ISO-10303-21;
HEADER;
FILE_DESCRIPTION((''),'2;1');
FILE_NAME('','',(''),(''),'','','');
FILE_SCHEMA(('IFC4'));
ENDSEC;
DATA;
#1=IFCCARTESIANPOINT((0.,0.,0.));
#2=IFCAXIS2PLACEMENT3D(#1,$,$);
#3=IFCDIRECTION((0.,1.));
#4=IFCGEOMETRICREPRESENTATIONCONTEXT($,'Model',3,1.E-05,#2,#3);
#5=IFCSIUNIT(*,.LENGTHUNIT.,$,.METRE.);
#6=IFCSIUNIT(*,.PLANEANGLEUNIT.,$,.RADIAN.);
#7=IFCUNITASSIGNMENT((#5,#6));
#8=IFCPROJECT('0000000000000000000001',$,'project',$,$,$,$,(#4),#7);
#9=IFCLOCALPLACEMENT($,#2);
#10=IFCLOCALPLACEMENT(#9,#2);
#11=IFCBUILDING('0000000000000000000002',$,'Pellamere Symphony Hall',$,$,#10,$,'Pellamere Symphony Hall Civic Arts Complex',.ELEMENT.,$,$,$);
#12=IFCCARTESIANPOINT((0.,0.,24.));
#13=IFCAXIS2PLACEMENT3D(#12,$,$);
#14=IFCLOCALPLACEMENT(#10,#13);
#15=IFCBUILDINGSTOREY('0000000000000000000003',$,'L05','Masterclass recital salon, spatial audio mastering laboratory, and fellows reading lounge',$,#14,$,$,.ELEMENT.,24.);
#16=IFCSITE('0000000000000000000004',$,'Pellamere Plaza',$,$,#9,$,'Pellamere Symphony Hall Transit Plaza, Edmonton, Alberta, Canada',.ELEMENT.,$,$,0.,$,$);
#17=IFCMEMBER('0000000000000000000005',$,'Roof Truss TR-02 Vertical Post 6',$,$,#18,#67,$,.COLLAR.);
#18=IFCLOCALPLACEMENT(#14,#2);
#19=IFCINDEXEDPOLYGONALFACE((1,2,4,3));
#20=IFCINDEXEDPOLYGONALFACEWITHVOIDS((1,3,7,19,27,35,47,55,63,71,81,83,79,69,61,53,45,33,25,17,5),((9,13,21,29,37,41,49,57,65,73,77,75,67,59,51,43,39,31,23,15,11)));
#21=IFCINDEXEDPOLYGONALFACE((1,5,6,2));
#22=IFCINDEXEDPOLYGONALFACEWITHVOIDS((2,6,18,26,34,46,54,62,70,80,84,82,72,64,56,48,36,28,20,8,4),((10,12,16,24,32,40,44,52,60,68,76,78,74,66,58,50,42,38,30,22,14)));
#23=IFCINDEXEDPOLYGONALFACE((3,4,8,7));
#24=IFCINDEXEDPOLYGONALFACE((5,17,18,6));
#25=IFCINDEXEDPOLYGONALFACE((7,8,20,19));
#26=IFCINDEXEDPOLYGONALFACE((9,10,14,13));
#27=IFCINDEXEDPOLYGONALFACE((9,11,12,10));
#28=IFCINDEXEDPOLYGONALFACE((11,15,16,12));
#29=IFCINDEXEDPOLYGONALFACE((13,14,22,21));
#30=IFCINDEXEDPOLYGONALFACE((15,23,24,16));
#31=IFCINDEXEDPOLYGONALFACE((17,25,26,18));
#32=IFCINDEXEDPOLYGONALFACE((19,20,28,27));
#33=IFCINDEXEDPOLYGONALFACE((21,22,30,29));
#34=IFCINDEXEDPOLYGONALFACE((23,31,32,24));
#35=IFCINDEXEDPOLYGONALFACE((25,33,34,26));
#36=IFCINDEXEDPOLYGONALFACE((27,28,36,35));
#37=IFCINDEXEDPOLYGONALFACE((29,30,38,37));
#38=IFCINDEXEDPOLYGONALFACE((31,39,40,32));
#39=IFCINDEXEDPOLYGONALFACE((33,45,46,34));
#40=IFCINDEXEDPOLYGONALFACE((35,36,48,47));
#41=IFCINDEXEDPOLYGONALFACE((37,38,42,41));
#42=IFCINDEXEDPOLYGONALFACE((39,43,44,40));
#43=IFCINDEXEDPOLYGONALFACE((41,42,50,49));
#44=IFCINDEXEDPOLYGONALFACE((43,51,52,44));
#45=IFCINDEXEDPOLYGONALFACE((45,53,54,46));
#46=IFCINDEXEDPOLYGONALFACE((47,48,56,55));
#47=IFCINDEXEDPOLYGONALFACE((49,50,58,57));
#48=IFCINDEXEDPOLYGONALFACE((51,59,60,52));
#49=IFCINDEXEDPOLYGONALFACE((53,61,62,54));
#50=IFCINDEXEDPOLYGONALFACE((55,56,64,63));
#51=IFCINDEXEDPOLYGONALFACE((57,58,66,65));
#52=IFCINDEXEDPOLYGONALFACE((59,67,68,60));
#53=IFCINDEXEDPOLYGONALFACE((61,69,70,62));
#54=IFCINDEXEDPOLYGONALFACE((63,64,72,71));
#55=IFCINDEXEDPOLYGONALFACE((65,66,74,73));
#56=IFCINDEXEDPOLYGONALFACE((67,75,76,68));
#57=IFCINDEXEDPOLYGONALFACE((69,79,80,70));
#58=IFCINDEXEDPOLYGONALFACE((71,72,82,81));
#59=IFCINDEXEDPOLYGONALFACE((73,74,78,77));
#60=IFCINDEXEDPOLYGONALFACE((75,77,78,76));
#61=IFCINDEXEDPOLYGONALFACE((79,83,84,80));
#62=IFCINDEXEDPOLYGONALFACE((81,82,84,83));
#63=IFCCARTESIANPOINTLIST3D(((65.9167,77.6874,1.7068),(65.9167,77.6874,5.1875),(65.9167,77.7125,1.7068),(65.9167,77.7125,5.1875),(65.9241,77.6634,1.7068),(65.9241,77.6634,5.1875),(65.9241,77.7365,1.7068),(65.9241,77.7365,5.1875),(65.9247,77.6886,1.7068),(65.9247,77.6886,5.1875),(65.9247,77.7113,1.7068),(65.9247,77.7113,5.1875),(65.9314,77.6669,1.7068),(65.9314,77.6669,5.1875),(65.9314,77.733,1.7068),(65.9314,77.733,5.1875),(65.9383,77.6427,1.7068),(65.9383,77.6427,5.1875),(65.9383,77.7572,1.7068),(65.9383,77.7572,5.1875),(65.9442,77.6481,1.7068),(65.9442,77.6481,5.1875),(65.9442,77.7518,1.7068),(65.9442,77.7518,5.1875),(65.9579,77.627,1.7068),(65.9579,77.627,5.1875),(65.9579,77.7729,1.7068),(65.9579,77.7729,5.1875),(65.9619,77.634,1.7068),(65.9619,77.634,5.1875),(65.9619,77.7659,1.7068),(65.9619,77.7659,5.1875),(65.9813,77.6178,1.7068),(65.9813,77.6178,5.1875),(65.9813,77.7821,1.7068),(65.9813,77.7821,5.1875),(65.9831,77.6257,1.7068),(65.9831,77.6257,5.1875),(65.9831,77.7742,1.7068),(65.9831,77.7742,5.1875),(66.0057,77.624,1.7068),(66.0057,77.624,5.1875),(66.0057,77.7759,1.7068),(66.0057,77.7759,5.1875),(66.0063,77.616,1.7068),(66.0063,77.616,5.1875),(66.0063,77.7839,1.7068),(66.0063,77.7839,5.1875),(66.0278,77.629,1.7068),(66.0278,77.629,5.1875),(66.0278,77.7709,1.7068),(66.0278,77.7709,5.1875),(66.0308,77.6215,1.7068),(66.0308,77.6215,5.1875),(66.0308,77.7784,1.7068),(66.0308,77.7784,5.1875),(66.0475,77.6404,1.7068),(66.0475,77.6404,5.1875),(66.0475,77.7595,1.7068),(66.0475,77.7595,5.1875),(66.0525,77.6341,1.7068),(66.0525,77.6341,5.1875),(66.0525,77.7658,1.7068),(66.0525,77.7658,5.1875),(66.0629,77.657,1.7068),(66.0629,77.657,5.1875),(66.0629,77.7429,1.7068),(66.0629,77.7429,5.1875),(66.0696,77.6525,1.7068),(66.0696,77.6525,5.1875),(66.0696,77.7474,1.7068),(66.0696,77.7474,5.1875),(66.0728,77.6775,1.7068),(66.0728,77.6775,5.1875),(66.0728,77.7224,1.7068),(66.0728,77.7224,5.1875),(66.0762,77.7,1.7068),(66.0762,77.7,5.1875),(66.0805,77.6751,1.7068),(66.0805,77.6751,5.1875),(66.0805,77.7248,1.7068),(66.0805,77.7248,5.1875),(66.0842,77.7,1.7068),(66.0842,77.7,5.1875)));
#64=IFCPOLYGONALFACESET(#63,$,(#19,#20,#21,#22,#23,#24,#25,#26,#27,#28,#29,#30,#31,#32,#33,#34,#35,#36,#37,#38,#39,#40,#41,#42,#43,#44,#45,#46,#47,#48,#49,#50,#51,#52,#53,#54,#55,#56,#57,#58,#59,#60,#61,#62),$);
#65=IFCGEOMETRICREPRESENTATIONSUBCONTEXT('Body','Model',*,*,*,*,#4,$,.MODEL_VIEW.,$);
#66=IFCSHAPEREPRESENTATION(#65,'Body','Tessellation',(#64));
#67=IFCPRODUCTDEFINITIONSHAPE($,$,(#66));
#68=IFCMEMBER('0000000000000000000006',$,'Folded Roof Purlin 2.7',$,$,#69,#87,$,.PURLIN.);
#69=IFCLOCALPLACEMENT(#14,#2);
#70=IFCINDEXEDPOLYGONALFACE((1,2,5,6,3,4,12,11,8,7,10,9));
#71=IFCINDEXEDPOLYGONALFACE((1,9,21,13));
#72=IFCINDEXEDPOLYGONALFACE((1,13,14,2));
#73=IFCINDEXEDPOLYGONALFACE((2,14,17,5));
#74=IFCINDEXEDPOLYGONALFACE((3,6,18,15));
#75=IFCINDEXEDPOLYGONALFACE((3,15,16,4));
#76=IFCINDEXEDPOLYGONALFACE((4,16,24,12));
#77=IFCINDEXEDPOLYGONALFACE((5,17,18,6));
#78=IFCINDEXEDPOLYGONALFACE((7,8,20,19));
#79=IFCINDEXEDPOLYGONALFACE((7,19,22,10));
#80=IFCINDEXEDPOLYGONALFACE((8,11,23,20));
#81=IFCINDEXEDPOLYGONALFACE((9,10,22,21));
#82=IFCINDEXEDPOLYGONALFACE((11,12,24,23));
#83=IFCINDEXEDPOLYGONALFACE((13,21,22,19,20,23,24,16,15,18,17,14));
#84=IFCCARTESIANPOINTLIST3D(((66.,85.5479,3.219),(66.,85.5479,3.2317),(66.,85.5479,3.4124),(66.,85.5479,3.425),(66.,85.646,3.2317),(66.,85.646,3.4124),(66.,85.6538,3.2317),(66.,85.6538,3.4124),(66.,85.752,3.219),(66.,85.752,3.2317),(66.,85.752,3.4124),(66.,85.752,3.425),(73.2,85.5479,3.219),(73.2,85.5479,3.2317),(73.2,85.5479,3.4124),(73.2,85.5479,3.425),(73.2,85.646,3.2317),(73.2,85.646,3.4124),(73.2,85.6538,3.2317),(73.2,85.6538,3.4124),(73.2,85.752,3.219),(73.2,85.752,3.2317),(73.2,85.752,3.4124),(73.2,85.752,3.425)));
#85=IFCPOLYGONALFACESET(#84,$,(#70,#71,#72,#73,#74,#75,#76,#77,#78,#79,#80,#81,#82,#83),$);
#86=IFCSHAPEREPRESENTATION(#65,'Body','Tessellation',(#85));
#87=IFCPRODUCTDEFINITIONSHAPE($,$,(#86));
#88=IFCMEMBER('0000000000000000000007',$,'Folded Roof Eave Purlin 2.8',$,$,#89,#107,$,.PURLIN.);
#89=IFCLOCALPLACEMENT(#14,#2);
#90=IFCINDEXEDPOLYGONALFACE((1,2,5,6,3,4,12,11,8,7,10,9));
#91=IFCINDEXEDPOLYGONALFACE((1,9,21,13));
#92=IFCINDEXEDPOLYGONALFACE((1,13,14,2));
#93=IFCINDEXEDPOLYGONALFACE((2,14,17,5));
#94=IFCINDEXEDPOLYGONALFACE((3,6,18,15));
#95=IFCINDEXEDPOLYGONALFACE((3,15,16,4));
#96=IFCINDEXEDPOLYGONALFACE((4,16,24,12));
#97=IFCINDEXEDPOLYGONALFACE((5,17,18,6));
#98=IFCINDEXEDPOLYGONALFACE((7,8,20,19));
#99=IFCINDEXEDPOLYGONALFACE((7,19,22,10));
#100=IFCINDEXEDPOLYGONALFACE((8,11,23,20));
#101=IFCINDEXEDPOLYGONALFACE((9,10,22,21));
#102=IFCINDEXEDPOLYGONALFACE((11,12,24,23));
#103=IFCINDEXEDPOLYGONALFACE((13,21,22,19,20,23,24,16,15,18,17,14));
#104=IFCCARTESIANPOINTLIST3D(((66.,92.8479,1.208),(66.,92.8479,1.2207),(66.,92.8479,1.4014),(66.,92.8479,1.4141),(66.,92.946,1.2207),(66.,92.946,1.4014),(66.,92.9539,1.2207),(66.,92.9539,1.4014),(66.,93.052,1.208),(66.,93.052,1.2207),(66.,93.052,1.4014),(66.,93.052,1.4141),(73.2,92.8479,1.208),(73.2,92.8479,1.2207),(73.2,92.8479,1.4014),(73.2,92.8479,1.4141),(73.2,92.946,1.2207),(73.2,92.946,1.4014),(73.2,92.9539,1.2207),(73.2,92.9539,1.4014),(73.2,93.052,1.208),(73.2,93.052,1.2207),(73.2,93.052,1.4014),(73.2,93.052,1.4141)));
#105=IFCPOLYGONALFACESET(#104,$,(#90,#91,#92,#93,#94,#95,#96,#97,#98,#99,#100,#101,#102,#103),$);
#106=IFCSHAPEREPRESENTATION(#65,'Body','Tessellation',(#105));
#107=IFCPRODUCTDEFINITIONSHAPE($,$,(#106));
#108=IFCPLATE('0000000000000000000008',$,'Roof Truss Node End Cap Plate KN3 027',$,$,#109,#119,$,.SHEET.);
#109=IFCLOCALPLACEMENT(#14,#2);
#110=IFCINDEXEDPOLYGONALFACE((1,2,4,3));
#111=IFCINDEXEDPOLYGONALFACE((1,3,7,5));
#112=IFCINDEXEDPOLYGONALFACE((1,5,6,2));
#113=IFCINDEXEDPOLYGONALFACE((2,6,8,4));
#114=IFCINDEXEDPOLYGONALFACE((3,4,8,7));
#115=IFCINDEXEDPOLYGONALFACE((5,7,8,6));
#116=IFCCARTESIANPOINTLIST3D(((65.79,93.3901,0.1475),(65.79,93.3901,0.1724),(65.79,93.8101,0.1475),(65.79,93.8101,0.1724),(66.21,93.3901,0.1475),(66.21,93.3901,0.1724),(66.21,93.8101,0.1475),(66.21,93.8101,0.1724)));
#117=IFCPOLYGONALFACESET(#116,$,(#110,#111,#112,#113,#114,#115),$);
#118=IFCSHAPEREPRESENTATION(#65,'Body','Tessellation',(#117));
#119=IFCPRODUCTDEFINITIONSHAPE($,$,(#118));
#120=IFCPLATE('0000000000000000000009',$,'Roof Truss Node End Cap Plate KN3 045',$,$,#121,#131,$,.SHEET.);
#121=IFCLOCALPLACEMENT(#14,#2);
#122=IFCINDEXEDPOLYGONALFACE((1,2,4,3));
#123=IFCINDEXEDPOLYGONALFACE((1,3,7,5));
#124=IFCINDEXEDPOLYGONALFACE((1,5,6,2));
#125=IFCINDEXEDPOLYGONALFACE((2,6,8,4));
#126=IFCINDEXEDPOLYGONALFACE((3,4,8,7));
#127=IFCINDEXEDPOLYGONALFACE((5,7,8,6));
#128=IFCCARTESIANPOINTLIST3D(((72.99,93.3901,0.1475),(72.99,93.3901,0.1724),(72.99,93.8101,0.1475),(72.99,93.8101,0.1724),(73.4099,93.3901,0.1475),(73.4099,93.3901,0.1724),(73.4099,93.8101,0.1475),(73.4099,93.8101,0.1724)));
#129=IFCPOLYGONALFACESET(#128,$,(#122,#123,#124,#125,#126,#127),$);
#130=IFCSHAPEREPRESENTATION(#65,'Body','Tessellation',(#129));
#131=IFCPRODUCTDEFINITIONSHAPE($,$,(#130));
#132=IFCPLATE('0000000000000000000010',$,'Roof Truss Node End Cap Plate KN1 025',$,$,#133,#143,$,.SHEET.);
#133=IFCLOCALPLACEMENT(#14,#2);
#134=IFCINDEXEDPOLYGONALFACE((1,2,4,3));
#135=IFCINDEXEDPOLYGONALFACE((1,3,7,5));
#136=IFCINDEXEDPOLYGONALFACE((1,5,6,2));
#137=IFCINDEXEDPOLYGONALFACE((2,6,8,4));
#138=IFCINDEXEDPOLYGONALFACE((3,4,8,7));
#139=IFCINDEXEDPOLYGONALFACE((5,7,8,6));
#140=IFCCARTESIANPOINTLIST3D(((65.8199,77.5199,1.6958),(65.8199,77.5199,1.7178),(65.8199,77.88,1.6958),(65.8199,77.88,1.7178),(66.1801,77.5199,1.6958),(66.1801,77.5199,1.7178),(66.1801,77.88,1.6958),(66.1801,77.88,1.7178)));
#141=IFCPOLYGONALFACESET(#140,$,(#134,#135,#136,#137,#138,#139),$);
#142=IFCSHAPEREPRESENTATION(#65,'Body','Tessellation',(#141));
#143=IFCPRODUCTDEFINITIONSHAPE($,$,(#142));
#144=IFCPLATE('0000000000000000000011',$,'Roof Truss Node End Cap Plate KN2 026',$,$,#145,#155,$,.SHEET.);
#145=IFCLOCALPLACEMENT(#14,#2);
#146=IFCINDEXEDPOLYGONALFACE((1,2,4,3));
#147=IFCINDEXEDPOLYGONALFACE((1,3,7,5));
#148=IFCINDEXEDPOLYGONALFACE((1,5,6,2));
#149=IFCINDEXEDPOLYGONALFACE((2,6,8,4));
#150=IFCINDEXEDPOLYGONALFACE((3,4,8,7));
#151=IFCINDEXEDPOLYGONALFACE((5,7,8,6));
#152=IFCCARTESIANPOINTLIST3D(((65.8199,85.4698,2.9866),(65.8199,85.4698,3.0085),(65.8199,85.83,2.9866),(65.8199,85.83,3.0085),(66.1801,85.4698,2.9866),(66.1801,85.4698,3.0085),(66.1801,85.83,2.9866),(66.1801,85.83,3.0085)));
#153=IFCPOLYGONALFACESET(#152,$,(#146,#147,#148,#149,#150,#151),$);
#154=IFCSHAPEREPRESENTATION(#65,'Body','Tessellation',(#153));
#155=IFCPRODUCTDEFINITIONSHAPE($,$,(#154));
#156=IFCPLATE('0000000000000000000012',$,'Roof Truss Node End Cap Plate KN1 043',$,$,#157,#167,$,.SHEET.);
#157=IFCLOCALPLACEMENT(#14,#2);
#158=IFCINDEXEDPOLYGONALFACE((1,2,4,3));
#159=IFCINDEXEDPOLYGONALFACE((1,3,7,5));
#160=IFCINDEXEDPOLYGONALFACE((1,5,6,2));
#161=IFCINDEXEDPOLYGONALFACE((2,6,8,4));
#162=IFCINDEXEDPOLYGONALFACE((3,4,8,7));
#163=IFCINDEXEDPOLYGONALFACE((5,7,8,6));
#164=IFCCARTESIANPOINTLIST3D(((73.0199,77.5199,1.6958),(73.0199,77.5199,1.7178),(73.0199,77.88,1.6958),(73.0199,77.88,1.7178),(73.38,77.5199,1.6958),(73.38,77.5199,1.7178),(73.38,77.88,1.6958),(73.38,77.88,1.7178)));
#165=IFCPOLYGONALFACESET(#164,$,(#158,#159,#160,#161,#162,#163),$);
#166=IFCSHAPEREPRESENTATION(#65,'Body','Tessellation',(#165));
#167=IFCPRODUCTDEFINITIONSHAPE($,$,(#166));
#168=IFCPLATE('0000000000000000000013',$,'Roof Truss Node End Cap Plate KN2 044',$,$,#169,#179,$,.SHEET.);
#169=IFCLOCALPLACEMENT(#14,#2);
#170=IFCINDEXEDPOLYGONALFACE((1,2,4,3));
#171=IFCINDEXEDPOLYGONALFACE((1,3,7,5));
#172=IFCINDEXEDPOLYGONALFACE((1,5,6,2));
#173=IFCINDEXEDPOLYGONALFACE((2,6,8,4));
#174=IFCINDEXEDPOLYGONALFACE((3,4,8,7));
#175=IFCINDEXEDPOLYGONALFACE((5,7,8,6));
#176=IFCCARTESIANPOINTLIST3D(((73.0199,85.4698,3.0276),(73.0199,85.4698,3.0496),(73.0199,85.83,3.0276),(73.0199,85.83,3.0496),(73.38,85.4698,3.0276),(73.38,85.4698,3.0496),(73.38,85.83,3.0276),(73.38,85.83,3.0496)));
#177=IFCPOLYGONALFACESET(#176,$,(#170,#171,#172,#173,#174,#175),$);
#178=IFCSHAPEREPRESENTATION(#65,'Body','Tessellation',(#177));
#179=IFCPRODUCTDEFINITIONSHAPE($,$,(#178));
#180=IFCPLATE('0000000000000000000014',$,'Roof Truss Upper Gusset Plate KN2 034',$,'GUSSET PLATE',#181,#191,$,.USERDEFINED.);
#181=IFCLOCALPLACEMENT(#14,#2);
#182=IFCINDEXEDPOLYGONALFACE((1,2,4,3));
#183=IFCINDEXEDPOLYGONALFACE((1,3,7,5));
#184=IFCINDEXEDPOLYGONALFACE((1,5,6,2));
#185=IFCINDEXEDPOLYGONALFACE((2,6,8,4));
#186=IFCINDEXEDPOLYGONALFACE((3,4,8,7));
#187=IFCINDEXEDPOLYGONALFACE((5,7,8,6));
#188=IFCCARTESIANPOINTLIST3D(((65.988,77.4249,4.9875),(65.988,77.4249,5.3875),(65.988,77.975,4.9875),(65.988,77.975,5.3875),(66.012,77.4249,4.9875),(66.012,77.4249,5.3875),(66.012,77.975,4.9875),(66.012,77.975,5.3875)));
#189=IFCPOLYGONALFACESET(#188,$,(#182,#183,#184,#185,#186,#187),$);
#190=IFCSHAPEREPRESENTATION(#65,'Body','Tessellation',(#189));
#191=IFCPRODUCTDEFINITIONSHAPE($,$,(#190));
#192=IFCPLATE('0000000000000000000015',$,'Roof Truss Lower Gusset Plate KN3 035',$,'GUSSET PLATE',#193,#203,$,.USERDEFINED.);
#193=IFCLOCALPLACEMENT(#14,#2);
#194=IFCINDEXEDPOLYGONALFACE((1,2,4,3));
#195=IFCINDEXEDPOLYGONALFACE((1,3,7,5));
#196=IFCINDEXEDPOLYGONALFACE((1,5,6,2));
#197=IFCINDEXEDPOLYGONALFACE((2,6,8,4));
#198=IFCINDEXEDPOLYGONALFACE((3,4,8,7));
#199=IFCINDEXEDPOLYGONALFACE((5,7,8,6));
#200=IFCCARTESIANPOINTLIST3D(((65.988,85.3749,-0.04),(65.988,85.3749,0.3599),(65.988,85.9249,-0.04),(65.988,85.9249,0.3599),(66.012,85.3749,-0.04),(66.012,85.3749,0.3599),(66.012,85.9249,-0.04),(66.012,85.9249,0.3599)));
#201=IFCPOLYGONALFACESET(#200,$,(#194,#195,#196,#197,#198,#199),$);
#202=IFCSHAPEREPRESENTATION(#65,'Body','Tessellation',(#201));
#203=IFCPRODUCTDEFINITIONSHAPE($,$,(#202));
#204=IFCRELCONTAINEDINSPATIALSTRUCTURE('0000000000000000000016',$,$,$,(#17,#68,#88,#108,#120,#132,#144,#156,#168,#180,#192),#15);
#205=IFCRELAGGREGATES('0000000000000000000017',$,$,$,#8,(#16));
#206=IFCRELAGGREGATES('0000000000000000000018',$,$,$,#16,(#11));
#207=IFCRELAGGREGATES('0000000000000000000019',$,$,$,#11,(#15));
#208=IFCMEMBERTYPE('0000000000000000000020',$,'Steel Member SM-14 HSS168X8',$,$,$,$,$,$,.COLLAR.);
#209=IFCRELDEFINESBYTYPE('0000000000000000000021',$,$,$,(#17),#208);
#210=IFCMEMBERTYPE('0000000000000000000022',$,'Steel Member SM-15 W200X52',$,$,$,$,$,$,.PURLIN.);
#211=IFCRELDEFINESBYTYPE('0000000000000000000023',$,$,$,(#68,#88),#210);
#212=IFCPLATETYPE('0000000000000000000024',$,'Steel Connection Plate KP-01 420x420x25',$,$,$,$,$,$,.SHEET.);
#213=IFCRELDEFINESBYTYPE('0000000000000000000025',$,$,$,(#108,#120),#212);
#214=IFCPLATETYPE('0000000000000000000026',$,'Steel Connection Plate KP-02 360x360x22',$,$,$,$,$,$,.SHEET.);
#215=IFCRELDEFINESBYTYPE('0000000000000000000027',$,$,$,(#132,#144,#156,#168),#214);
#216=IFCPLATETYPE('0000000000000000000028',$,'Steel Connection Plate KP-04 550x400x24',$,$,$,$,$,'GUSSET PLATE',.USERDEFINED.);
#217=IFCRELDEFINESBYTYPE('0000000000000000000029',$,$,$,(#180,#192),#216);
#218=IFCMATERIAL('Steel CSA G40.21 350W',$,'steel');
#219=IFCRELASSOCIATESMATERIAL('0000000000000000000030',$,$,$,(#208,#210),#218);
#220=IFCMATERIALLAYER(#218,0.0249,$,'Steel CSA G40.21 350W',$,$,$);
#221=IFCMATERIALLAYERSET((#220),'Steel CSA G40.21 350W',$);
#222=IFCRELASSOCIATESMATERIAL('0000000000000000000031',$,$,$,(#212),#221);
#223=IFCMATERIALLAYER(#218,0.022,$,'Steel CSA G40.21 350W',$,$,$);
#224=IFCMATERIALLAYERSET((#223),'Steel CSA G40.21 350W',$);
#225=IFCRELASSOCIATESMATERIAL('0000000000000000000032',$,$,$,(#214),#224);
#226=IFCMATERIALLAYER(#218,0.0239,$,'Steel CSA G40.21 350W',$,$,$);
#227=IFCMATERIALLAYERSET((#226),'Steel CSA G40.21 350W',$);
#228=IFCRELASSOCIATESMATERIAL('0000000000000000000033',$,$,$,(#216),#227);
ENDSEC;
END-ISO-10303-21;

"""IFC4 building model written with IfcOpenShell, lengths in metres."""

from ifc_helpers import new_model, si_unit, direction, frame, origin, origin_2d, place, context, subcontext, project, spatial, rectangle, hollow_circle, i_section, extrude, material, layer, layer_set, material_profile, profile_set, type_object, element, save


model = new_model("IFC4")

# Units and contexts
model_context = context("Model", 3, precision=1e-05, world=origin(), true_north=direction((0.0, 1.0)))
body_context = subcontext(model_context, "Body", "Model", "MODEL_VIEW")
ifc_project = project(units=[si_unit("LENGTHUNIT", "METRE"), si_unit("PLANEANGLEUNIT", "RADIAN")], contexts=[model_context])

# Site, building, storey
site_placement = place(None, origin())
site = spatial("IfcSite", under=ifc_project, at=site_placement, Name="Pellamere Plaza", LongName="Pellamere Symphony Hall Transit Plaza, Edmonton, Alberta, Canada", CompositionType="ELEMENT", RefElevation=0.0)
building_placement = place(site_placement, origin())
building = spatial("IfcBuilding", under=site, at=building_placement, Name="Pellamere Symphony Hall", LongName="Pellamere Symphony Hall Civic Arts Complex", CompositionType="ELEMENT")
storey_placement = place(building_placement, frame((0.0, 0.0, 24.0)))
storey = spatial("IfcBuildingStorey", under=building, at=storey_placement, Name="L05", Description="Masterclass recital salon, spatial audio mastering laboratory, and fellows reading lounge", CompositionType="ELEMENT", Elevation=24.0)

# Shared definitions
ifc_material_1 = material(Name="Steel CSA G40.21 350W", Category="steel")

# Members
ifc_material_profile_1 = material_profile(ifc_material_1, hollow_circle(Radius=0.0842, WallThickness=0.0081, at=origin_2d()), Name="HSS168X8")
ifc_profile_set_1 = profile_set([ifc_material_profile_1], Name="Steel CSA G40.21 350W")
member_type_1 = type_object("IfcMemberType", Name="Steel Member SM-14 HSS168X8", PredefinedType="COLLAR", material=ifc_profile_set_1)
member_1_placement = place(storey_placement, frame((66.0, 77.7, 1.7068), z_axis=(0.0, 0.0, 1.0), x_axis=(1.0, 0.0, 0.0)))
element("IfcMember", 1, at=member_1_placement, inside=storey, type_object=member_type_1, Name="Roof Truss TR-02 Vertical Post 6", PredefinedType="COLLAR", context=body_context, shape_type="SweptSolid", body=[
    extrude(hollow_circle(Radius=0.0842, WallThickness=0.0081, at=origin_2d()), origin(), (0.0, 0.0, 1.0), 3.4807),
])
ifc_material_profile_2 = material_profile(ifc_material_1, i_section(OverallWidth=0.2041, OverallDepth=0.2061, WebThickness=0.0078, FlangeThickness=0.0127, at=origin_2d()), Name="W200X52")
ifc_profile_set_2 = profile_set([ifc_material_profile_2], Name="Steel CSA G40.21 350W")
member_type_2 = type_object("IfcMemberType", Name="Steel Member SM-15 W200X52", PredefinedType="PURLIN", material=ifc_profile_set_2)
for number, where, z_axis, x_axis, name in (
    (2, (66.0, 85.6499, 3.322), (1.0, 0.0, 0.0), (0.0, 1.0, 0.0), "Folded Roof Purlin 2.7"),
    (3, (66.0, 92.95, 1.311), (1.0, 0.0, 0.0), (0.0, 1.0, 0.0), "Folded Roof Eave Purlin 2.8"),
):
    element("IfcMember", number, at=place(storey_placement, frame(where, z_axis=z_axis, x_axis=x_axis)), inside=storey, type_object=member_type_2, Name=name, PredefinedType="PURLIN", context=body_context, shape_type="SweptSolid", body=[
        extrude(i_section(OverallWidth=0.2041, OverallDepth=0.2061, WebThickness=0.0078, FlangeThickness=0.0127, at=origin_2d()), origin(), (0.0, 0.0, 1.0), 7.2),
    ])

# Plates
ifc_layer_1 = layer(ifc_material_1, 0.0249, Name="Steel CSA G40.21 350W")
ifc_layer_set_1 = layer_set([ifc_layer_1], Name="Steel CSA G40.21 350W")
plate_type_1 = type_object("IfcPlateType", Name="Steel Connection Plate KP-01 420x420x25", PredefinedType="SHEET", material=ifc_layer_set_1)
for number, where, z_axis, x_axis, name in (
    (4, (66.0, 93.6001, 0.1475), (0.0, 0.0, 1.0), (1.0, 0.0, 0.0), "Roof Truss Node End Cap Plate KN3 027"),
    (5, (73.2, 93.6001, 0.1475), (0.0, 0.0, 1.0), (1.0, 0.0, 0.0), "Roof Truss Node End Cap Plate KN3 045"),
):
    element("IfcPlate", number, at=place(storey_placement, frame(where, z_axis=z_axis, x_axis=x_axis)), inside=storey, type_object=plate_type_1, Name=name, PredefinedType="SHEET", context=body_context, shape_type="SweptSolid", body=[
        extrude(rectangle(XDim=0.4199, YDim=0.4199, at=origin_2d()), origin(), (0.0, 0.0, 1.0), 0.0249),
    ])
ifc_layer_2 = layer(ifc_material_1, 0.022, Name="Steel CSA G40.21 350W")
ifc_layer_set_2 = layer_set([ifc_layer_2], Name="Steel CSA G40.21 350W")
plate_type_2 = type_object("IfcPlateType", Name="Steel Connection Plate KP-02 360x360x22", PredefinedType="SHEET", material=ifc_layer_set_2)
for number, where, z_axis, x_axis, name in (
    (6, (66.0, 77.7, 1.6958), (0.0, 0.0, 1.0), (1.0, 0.0, 0.0), "Roof Truss Node End Cap Plate KN1 025"),
    (7, (66.0, 85.6499, 2.9866), (0.0, 0.0, 1.0), (1.0, 0.0, 0.0), "Roof Truss Node End Cap Plate KN2 026"),
    (8, (73.2, 77.7, 1.6958), (0.0, 0.0, 1.0), (1.0, 0.0, 0.0), "Roof Truss Node End Cap Plate KN1 043"),
    (9, (73.2, 85.6499, 3.0276), (0.0, 0.0, 1.0), (1.0, 0.0, 0.0), "Roof Truss Node End Cap Plate KN2 044"),
):
    element("IfcPlate", number, at=place(storey_placement, frame(where, z_axis=z_axis, x_axis=x_axis)), inside=storey, type_object=plate_type_2, Name=name, PredefinedType="SHEET", context=body_context, shape_type="SweptSolid", body=[
        extrude(rectangle(XDim=0.3601, YDim=0.3601, at=origin_2d()), origin(), (0.0, 0.0, 1.0), 0.022),
    ])
ifc_layer_3 = layer(ifc_material_1, 0.0239, Name="Steel CSA G40.21 350W")
ifc_layer_set_3 = layer_set([ifc_layer_3], Name="Steel CSA G40.21 350W")
plate_type_3 = type_object("IfcPlateType", Name="Steel Connection Plate KP-04 550x400x24", ElementType="GUSSET PLATE", PredefinedType="USERDEFINED", material=ifc_layer_set_3)
for number, where, z_axis, x_axis, name in (
    (10, (66.0, 77.7, 4.9875), (0.0, 0.0, 1.0), (1.0, 0.0, 0.0), "Roof Truss Upper Gusset Plate KN2 034"),
    (11, (66.0, 85.6499, -0.04), (0.0, 0.0, 1.0), (1.0, 0.0, 0.0), "Roof Truss Lower Gusset Plate KN3 035"),
):
    element("IfcPlate", number, at=place(storey_placement, frame(where, z_axis=z_axis, x_axis=x_axis)), inside=storey, type_object=plate_type_3, Name=name, ObjectType="GUSSET PLATE", PredefinedType="USERDEFINED", context=body_context, shape_type="SweptSolid", body=[
        extrude(rectangle(XDim=0.0239, YDim=0.55, at=origin_2d()), origin(), (0.0, 0.0, 1.0), 0.3999),
    ])

save(model, "model.ifc")
